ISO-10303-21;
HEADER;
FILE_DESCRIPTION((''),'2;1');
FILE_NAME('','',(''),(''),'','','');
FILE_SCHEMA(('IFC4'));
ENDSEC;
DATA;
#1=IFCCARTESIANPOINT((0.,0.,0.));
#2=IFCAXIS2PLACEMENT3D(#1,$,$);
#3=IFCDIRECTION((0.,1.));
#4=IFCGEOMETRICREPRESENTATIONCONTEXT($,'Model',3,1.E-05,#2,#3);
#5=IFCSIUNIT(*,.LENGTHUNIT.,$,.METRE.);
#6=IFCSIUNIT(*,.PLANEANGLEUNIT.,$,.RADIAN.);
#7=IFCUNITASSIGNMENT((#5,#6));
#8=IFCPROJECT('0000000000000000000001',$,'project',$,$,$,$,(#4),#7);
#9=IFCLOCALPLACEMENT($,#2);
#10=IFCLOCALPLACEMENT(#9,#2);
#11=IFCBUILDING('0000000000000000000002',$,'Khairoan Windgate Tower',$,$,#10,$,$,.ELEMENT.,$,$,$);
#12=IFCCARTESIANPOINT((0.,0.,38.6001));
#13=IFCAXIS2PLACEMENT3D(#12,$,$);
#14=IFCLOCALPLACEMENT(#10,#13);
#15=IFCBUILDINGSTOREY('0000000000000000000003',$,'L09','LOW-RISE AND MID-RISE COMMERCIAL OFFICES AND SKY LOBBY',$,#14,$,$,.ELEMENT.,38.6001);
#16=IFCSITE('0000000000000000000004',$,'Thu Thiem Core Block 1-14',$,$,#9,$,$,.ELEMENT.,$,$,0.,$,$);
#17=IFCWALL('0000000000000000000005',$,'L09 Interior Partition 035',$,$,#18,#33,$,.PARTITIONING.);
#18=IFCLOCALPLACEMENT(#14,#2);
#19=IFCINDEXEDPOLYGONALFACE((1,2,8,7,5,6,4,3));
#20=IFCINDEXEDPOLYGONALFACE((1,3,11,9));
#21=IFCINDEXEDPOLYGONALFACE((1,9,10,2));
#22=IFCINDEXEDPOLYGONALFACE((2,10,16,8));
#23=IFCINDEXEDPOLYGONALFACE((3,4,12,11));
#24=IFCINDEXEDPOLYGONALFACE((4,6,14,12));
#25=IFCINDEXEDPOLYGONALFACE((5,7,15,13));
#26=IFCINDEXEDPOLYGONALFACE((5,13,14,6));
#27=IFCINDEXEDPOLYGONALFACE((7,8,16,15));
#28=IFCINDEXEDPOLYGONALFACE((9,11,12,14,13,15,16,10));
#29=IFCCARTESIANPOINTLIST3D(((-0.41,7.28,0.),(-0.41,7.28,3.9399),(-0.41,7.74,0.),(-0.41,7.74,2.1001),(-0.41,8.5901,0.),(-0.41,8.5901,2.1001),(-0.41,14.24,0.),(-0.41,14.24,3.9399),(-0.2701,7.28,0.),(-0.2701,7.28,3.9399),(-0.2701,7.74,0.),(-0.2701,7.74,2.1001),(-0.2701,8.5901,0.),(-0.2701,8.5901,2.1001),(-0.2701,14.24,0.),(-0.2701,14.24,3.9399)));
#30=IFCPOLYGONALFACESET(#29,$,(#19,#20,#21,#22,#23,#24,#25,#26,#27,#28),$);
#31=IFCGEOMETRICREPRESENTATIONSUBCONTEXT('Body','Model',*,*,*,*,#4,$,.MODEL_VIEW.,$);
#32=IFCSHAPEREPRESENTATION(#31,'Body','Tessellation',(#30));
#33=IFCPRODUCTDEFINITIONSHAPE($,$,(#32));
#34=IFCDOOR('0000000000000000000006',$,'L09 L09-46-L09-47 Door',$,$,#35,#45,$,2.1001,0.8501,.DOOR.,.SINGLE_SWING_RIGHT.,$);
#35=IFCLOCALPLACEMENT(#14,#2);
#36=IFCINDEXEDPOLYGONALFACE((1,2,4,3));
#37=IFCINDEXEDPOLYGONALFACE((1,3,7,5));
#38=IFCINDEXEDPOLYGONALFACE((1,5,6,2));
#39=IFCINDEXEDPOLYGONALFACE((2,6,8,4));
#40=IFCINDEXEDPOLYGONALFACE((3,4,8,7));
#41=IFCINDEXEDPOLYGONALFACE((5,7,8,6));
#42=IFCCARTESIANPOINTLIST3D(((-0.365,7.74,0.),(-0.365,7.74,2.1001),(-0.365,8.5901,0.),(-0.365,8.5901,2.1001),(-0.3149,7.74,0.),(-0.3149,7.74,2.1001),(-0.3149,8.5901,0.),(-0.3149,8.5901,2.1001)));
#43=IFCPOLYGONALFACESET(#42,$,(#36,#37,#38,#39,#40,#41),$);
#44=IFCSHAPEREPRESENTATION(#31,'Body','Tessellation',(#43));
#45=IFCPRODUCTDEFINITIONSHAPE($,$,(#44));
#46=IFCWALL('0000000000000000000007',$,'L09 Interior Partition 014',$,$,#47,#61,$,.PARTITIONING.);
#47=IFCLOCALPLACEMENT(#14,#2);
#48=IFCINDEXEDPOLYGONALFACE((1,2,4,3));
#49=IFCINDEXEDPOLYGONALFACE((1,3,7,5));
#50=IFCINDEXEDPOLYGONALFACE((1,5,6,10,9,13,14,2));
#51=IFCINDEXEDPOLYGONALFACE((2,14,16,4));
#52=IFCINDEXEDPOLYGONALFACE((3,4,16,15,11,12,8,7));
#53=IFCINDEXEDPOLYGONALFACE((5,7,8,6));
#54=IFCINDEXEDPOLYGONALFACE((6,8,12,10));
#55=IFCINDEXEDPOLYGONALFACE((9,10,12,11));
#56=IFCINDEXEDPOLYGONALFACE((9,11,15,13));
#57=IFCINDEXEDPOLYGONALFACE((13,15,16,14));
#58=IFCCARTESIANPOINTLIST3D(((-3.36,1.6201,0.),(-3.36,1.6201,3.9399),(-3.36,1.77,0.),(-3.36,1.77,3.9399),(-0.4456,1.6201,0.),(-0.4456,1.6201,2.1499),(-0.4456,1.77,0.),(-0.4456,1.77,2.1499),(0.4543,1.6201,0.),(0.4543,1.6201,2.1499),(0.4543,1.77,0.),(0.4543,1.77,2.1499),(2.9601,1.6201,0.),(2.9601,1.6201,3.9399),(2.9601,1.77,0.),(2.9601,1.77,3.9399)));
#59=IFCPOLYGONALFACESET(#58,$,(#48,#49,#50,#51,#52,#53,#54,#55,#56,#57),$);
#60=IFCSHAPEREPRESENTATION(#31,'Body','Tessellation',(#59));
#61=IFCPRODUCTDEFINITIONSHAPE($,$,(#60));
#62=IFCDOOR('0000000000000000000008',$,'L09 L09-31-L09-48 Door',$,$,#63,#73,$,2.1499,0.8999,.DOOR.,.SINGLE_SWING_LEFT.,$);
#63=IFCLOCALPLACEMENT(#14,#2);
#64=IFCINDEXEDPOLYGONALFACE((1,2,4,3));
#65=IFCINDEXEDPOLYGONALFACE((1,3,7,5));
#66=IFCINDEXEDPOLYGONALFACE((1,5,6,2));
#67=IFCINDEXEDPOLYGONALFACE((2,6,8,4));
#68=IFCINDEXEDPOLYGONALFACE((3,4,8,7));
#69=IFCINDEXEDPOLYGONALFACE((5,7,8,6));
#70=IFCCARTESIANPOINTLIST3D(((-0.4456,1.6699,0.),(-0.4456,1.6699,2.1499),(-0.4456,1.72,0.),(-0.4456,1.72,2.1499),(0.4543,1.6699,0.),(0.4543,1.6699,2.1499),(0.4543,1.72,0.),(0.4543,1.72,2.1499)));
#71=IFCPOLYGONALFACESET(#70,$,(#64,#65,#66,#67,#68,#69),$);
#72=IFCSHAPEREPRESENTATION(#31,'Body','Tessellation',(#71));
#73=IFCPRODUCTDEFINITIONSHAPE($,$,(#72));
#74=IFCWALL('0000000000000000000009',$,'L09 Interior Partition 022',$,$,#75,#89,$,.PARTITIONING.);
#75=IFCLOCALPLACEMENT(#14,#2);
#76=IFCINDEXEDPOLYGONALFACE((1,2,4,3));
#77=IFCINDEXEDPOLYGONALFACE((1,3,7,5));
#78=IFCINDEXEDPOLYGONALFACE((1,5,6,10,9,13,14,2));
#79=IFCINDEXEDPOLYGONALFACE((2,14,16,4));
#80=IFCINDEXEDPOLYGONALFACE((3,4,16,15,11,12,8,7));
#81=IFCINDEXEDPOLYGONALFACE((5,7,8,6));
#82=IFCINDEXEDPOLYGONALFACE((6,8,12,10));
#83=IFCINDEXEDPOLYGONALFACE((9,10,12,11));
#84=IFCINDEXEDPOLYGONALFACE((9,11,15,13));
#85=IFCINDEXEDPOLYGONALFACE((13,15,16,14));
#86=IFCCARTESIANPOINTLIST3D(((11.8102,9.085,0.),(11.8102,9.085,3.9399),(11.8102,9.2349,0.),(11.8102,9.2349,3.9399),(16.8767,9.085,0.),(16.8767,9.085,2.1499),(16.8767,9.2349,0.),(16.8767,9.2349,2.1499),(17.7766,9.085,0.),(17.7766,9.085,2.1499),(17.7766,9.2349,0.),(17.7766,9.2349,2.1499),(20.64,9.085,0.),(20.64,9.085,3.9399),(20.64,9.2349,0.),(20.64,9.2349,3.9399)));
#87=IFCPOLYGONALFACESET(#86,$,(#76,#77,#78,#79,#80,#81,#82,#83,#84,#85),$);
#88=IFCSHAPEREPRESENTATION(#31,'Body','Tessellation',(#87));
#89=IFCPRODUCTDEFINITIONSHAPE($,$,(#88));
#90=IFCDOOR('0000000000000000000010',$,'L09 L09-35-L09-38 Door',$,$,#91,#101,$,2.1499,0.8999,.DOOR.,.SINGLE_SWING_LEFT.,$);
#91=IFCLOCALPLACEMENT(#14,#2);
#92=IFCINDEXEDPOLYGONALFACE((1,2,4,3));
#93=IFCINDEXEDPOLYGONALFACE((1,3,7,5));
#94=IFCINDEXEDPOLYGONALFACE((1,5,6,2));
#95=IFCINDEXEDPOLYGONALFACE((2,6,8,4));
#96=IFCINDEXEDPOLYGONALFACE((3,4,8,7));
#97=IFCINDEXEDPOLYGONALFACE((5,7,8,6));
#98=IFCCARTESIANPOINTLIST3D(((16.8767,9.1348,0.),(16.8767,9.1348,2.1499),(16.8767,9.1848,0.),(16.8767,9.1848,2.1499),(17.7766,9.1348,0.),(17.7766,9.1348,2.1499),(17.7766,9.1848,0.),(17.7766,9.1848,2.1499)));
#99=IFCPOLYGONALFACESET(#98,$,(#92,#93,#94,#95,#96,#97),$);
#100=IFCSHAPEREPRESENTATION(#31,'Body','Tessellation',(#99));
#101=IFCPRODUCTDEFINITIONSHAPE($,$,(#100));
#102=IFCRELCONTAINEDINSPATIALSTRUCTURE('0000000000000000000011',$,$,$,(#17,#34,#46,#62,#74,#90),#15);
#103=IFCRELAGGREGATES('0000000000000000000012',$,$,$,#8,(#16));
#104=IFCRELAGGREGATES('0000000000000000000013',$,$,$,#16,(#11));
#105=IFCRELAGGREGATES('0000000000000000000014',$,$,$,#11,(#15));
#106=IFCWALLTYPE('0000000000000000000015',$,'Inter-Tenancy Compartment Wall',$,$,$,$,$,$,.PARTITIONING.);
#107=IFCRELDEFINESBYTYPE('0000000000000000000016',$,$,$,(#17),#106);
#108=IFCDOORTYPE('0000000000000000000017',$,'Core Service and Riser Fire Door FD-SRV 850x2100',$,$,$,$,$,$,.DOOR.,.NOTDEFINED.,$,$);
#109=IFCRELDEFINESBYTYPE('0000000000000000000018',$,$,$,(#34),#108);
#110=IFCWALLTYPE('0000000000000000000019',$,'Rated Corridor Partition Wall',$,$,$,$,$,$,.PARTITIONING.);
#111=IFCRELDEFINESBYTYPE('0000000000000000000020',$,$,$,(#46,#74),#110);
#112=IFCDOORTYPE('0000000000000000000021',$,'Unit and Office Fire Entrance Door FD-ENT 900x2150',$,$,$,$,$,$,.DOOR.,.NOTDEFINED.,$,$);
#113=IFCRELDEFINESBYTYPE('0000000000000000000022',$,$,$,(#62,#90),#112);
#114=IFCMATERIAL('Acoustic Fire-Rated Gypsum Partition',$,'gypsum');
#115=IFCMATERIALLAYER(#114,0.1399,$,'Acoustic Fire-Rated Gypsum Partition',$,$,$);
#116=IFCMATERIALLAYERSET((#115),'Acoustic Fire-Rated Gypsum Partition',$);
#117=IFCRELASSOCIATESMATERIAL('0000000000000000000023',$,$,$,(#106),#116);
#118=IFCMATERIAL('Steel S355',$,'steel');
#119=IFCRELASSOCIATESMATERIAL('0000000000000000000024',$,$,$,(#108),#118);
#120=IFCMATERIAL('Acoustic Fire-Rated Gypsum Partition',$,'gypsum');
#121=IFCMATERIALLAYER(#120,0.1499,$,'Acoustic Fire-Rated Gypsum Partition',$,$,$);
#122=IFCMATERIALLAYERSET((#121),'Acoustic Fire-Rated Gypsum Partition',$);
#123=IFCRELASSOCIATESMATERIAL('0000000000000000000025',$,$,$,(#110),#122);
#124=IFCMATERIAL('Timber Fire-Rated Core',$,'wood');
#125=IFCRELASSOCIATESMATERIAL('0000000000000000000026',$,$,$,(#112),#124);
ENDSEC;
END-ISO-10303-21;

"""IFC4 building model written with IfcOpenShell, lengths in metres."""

from ifc_helpers import new_model, si_unit, direction, frame, frame_2d, origin, place, context, subcontext, project, spatial, rectangle, extrude, material, layer, layer_set, type_object, element, fill, save


model = new_model("IFC4")

# Units and contexts
model_context = context("Model", 3, precision=1e-05, world=origin(), true_north=direction((0.0, 1.0)))
body_context = subcontext(model_context, "Body", "Model", "MODEL_VIEW")
ifc_project = project(units=[si_unit("LENGTHUNIT", "METRE"), si_unit("PLANEANGLEUNIT", "RADIAN")], contexts=[model_context])

# Site, building, storey
site_placement = place(None, origin())
site = spatial("IfcSite", under=ifc_project, at=site_placement, Name="Thu Thiem Core Block 1-14", CompositionType="ELEMENT", RefElevation=0.0)
building_placement = place(site_placement, origin())
building = spatial("IfcBuilding", under=site, at=building_placement, Name="Khairoan Windgate Tower", CompositionType="ELEMENT")
storey_placement = place(building_placement, frame((0.0, 0.0, 38.6001)))
storey = spatial("IfcBuildingStorey", under=building, at=storey_placement, Name="L09", Description="LOW-RISE AND MID-RISE COMMERCIAL OFFICES AND SKY LOBBY", CompositionType="ELEMENT", Elevation=38.6001)

# Shared definitions
ifc_material_1 = material(Name="Acoustic Fire-Rated Gypsum Partition", Category="gypsum")
ifc_layer_1 = layer(ifc_material_1, 0.1399, Name="Acoustic Fire-Rated Gypsum Partition")
ifc_layer_set_1 = layer_set([ifc_layer_1], Name="Acoustic Fire-Rated Gypsum Partition")
wall_type_1 = type_object("IfcWallType", Name="Inter-Tenancy Compartment Wall", PredefinedType="PARTITIONING", material=ifc_layer_set_1)

# Walls, openings, doors
wall_1_placement = place(storey_placement, frame((-0.3401, 7.28, 0.0), z_axis=(0.0, 0.0, 1.0), x_axis=(0.0, 1.0, 0.0)))
wall_1 = element("IfcWall", 1, at=wall_1_placement, inside=storey, type_object=wall_type_1, Name="L09 Interior Partition 035", PredefinedType="PARTITIONING", context=body_context, shape_type="SweptSolid", body=[
    extrude(rectangle(XDim=6.96, YDim=0.1399, at=frame_2d((3.48, 0.0))), origin(), (0.0, 0.0, 1.0), 3.9399),
])
opening_1_placement = place(wall_1_placement, frame((0.46, 0.0, 0.0)))
opening_1 = element("IfcOpeningElement", 2, at=opening_1_placement, cuts=wall_1, PredefinedType="OPENING", context=body_context, shape_type="SweptSolid", body=[
    extrude(rectangle(XDim=0.8501, YDim=2.1001, at=frame_2d((0.425, 1.05))), frame((0.0, 0.0798, 0.0), z_axis=(0.0, -1.0, 0.0), x_axis=(1.0, 0.0, 0.0)), (0.0, 0.0, 1.0), 0.1599),
])
ifc_material_2 = material(Name="Steel S355", Category="steel")
door_type_1 = type_object("IfcDoorType", Name="Core Service and Riser Fire Door FD-SRV 850x2100", OperationType="NOTDEFINED", PredefinedType="DOOR", material=ifc_material_2)
door_1_placement = place(opening_1_placement, origin())
door_1 = element("IfcDoor", 3, at=door_1_placement, inside=storey, type_object=door_type_1, Name="L09 L09-46-L09-47 Door", OperationType="SINGLE_SWING_RIGHT", OverallHeight=2.1001, OverallWidth=0.8501, PredefinedType="DOOR", context=body_context, shape_type="SweptSolid", body=[
    extrude(rectangle(XDim=0.8501, YDim=2.1001, at=frame_2d((0.425, 1.05))), frame((0.0, 0.0249, 0.0), z_axis=(0.0, -1.0, 0.0), x_axis=(1.0, 0.0, 0.0)), (0.0, 0.0, 1.0), 0.05),
])
fill(opening_1, door_1)
ifc_material_3 = material(Name="Acoustic Fire-Rated Gypsum Partition", Category="gypsum")
ifc_layer_2 = layer(ifc_material_3, 0.1499, Name="Acoustic Fire-Rated Gypsum Partition")
ifc_layer_set_2 = layer_set([ifc_layer_2], Name="Acoustic Fire-Rated Gypsum Partition")
wall_type_2 = type_object("IfcWallType", Name="Rated Corridor Partition Wall", PredefinedType="PARTITIONING", material=ifc_layer_set_2)
ifc_material_4 = material(Name="Timber Fire-Rated Core", Category="wood")
door_type_2 = type_object("IfcDoorType", Name="Unit and Office Fire Entrance Door FD-ENT 900x2150", OperationType="NOTDEFINED", PredefinedType="DOOR", material=ifc_material_4)
wall_2_placement = place(storey_placement, frame((-3.3601, 1.6951, 0.0), z_axis=(0.0, 0.0, 1.0), x_axis=(1.0, 0.0, 0.0)))
wall_2 = element("IfcWall", 4, at=wall_2_placement, inside=storey, type_object=wall_type_2, Name="L09 Interior Partition 014", PredefinedType="PARTITIONING", context=body_context, shape_type="SweptSolid", body=[
    extrude(rectangle(XDim=6.3201, YDim=0.1499, at=frame_2d((3.1602, 0.0))), origin(), (0.0, 0.0, 1.0), 3.9399),
])
opening_2_placement = place(wall_2_placement, frame((2.9146, 0.0, 0.0)))
opening_2 = element("IfcOpeningElement", 5, at=opening_2_placement, cuts=wall_2, PredefinedType="OPENING", context=body_context, shape_type="SweptSolid", body=[
    extrude(rectangle(XDim=0.8999, YDim=2.1499, at=frame_2d((0.45, 1.075))), frame((0.0, 0.085, 0.0), z_axis=(0.0, -1.0, 0.0), x_axis=(1.0, 0.0, 0.0)), (0.0, 0.0, 1.0), 0.1699),
])
door_2_placement = place(opening_2_placement, origin())
door_2 = element("IfcDoor", 6, at=door_2_placement, inside=storey, type_object=door_type_2, Name="L09 L09-31-L09-48 Door", OperationType="SINGLE_SWING_LEFT", OverallHeight=2.1499, OverallWidth=0.8999, PredefinedType="DOOR", context=body_context, shape_type="SweptSolid", body=[
    extrude(rectangle(XDim=0.8999, YDim=2.1499, at=frame_2d((0.45, 1.075))), frame((0.0, 0.0249, 0.0), z_axis=(0.0, -1.0, 0.0), x_axis=(1.0, 0.0, 0.0)), (0.0, 0.0, 1.0), 0.05),
])
fill(opening_2, door_2)
wall_3_placement = place(storey_placement, frame((11.8101, 9.1599, 0.0), z_axis=(0.0, 0.0, 1.0), x_axis=(1.0, 0.0, 0.0)))
wall_3 = element("IfcWall", 7, at=wall_3_placement, inside=storey, type_object=wall_type_2, Name="L09 Interior Partition 022", PredefinedType="PARTITIONING", context=body_context, shape_type="SweptSolid", body=[
    extrude(rectangle(XDim=8.8298, YDim=0.1499, at=frame_2d((4.415, 0.0))), origin(), (0.0, 0.0, 1.0), 3.9399),
])
opening_3_placement = place(wall_3_placement, frame((5.0667, 0.0, 0.0)))
opening_3 = element("IfcOpeningElement", 8, at=opening_3_placement, cuts=wall_3, PredefinedType="OPENING", context=body_context, shape_type="SweptSolid", body=[
    extrude(rectangle(XDim=0.8999, YDim=2.1499, at=frame_2d((0.45, 1.075))), frame((0.0, 0.085, 0.0), z_axis=(0.0, -1.0, 0.0), x_axis=(1.0, 0.0, 0.0)), (0.0, 0.0, 1.0), 0.1699),
])
door_3_placement = place(opening_3_placement, origin())
door_3 = element("IfcDoor", 9, at=door_3_placement, inside=storey, type_object=door_type_2, Name="L09 L09-35-L09-38 Door", OperationType="SINGLE_SWING_LEFT", OverallHeight=2.1499, OverallWidth=0.8999, PredefinedType="DOOR", context=body_context, shape_type="SweptSolid", body=[
    extrude(rectangle(XDim=0.8999, YDim=2.1499, at=frame_2d((0.45, 1.075))), frame((0.0, 0.0249, 0.0), z_axis=(0.0, -1.0, 0.0), x_axis=(1.0, 0.0, 0.0)), (0.0, 0.0, 1.0), 0.05),
])
fill(opening_3, door_3)

save(model, "model.ifc")
